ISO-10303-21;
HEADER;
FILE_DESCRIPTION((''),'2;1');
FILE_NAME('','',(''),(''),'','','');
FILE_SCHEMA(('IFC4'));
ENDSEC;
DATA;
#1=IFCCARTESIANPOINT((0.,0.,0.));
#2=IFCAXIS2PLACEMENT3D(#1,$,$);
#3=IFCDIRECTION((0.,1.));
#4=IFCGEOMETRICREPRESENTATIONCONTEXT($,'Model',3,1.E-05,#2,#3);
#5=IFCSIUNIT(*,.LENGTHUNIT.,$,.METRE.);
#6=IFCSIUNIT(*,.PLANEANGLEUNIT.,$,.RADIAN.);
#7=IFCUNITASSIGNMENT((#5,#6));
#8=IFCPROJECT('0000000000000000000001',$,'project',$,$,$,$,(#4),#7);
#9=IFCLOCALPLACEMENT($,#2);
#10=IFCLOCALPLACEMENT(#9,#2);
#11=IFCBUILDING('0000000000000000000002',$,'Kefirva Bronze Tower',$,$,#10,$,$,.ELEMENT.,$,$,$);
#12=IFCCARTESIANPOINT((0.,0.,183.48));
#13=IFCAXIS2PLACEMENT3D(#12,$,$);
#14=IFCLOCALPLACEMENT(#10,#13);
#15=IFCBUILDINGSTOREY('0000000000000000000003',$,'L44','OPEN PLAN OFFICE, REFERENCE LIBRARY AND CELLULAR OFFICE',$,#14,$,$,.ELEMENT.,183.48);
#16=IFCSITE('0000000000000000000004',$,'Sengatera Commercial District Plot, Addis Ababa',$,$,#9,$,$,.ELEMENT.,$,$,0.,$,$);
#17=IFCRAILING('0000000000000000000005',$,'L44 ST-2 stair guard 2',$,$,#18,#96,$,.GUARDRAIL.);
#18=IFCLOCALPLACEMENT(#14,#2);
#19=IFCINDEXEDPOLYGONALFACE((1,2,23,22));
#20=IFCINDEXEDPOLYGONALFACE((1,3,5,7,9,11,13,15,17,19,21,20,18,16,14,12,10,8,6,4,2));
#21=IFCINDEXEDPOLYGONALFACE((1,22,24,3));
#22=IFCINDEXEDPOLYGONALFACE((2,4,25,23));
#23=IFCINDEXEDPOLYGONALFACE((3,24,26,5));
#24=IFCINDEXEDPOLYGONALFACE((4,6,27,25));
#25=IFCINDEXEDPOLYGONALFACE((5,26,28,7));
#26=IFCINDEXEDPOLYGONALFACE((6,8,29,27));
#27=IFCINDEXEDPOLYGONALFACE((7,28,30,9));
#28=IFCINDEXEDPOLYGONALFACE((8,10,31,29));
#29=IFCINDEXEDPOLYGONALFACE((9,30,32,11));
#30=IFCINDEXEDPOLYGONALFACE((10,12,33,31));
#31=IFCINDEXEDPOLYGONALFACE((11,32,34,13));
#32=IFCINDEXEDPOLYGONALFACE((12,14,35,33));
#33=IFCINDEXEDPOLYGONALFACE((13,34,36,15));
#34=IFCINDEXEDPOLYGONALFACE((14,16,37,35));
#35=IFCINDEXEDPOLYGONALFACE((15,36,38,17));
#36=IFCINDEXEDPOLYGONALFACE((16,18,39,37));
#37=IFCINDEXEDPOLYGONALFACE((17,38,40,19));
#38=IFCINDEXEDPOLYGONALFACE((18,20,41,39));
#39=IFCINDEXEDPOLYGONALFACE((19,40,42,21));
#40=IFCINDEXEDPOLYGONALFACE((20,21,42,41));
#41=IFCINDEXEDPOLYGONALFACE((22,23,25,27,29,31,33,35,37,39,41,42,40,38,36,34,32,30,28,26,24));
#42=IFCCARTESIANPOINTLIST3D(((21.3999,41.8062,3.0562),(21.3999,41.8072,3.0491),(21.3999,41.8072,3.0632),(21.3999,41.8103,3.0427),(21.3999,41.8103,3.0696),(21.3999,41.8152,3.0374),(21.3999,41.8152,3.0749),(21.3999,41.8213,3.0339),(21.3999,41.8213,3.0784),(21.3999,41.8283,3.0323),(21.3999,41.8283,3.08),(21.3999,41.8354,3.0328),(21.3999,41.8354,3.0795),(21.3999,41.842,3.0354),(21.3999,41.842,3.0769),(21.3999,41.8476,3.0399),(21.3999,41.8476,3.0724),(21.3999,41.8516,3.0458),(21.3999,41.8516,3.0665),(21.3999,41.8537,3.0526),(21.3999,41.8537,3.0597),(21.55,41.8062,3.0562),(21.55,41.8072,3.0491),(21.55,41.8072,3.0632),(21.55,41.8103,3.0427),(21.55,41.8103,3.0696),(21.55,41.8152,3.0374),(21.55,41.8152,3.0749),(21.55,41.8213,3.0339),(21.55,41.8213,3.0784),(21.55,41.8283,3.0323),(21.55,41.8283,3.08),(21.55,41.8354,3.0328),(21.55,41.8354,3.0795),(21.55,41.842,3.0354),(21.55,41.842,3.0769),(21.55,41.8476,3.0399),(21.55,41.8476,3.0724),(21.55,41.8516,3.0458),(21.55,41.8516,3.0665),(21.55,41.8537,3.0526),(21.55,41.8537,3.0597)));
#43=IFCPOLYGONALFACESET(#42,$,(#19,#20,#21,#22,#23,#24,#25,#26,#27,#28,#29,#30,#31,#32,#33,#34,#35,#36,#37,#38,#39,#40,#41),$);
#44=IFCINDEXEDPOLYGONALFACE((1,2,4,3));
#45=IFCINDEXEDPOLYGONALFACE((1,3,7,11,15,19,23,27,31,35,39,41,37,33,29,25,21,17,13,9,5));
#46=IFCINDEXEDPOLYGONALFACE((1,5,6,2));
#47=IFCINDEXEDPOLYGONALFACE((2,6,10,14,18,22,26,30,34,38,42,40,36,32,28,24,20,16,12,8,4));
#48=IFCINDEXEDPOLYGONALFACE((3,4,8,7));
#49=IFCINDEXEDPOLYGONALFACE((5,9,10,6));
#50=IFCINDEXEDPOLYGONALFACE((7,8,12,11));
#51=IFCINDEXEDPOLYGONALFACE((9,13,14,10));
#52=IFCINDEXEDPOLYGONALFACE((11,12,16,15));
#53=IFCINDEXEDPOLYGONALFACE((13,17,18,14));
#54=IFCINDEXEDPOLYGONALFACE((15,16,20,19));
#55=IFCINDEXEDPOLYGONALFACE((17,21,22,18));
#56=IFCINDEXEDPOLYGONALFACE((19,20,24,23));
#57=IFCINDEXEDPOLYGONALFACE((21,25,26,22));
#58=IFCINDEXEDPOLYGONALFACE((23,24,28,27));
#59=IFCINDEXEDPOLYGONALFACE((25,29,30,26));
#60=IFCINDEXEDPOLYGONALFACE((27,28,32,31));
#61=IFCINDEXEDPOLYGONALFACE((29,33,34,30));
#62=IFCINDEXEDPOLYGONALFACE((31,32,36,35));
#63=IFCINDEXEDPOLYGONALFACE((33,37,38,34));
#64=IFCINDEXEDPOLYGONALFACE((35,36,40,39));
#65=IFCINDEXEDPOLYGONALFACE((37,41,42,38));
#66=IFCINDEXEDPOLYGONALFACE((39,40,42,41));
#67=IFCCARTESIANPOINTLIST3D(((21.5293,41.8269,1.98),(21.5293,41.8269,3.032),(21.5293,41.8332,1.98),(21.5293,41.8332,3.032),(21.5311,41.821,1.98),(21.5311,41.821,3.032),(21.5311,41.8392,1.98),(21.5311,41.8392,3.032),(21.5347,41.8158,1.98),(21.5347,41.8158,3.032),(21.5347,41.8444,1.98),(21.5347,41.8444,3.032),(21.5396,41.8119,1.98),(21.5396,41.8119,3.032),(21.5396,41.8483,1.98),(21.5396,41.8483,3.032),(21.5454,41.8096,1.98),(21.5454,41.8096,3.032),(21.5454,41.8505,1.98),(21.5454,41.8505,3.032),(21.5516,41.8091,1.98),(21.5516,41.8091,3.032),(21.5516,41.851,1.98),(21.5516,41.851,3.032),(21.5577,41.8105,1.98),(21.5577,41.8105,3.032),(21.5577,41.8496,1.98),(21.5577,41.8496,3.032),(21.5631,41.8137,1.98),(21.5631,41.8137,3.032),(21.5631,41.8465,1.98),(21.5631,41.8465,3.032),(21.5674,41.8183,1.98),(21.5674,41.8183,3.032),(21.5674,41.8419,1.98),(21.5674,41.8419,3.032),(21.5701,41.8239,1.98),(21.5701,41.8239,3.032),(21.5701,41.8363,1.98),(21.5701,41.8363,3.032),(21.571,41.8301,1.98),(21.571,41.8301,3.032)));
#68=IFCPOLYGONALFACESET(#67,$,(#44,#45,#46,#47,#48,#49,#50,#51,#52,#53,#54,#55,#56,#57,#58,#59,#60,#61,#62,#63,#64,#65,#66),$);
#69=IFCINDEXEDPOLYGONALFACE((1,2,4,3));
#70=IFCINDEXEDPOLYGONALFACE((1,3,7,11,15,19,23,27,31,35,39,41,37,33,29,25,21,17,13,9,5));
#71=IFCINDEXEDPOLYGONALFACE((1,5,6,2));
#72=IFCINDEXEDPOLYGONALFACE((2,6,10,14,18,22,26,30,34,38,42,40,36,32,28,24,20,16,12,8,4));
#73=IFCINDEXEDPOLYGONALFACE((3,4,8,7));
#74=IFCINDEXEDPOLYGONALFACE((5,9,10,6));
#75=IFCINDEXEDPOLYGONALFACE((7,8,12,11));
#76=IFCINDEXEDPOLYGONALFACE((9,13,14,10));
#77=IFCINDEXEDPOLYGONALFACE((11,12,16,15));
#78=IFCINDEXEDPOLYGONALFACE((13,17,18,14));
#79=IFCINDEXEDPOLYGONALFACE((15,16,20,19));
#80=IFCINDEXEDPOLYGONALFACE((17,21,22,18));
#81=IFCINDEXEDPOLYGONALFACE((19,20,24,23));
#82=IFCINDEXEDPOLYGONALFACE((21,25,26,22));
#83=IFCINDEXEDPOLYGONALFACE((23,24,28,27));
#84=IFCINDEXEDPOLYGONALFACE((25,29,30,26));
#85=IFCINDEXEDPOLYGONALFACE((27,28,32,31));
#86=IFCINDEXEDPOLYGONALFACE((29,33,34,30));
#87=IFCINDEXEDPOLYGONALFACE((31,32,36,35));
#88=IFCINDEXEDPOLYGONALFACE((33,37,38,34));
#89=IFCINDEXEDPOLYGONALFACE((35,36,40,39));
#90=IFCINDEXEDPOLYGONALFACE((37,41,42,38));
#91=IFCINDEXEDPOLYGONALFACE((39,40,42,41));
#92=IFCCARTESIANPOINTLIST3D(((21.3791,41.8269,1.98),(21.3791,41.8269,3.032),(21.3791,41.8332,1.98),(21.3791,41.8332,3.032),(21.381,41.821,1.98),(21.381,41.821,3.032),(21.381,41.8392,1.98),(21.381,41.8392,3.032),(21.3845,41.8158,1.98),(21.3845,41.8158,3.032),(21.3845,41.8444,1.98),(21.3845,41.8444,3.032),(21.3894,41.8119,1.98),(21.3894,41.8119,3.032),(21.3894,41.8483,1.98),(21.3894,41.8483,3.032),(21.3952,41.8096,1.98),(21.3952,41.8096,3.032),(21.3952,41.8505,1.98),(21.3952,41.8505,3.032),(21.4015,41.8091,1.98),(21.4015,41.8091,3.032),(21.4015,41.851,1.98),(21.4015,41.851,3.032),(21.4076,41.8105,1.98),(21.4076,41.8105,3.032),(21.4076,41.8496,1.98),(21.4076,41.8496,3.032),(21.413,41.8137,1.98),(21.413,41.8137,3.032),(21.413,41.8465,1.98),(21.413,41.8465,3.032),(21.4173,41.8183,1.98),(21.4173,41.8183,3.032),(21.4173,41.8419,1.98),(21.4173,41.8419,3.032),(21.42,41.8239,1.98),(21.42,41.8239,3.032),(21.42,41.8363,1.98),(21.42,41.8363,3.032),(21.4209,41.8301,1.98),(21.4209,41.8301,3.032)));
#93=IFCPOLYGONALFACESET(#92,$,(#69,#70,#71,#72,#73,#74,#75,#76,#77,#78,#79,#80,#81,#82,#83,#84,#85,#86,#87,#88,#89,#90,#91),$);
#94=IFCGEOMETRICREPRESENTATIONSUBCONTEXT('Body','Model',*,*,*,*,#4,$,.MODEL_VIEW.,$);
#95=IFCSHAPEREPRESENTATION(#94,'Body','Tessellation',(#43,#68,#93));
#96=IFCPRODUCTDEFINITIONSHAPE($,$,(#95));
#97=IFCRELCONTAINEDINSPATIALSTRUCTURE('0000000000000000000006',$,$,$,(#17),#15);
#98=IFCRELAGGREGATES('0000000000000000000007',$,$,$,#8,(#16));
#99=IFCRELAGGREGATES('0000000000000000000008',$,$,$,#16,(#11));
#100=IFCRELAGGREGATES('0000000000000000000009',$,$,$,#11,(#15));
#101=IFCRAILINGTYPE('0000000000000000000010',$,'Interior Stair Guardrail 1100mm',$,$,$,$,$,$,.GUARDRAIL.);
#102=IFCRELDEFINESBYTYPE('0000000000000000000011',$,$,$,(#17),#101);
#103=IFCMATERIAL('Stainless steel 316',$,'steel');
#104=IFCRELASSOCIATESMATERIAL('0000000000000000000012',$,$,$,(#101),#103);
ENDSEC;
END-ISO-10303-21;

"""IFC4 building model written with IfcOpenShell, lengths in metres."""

from ifc_helpers import new_model, si_unit, direction, frame, origin, origin_2d, place, context, subcontext, project, spatial, circle, extrude, material, type_object, element, save


model = new_model("IFC4")

# Units and contexts
model_context = context("Model", 3, precision=1e-05, world=origin(), true_north=direction((0.0, 1.0)))
body_context = subcontext(model_context, "Body", "Model", "MODEL_VIEW")
ifc_project = project(units=[si_unit("LENGTHUNIT", "METRE"), si_unit("PLANEANGLEUNIT", "RADIAN")], contexts=[model_context])

# Site, building, storey
site_placement = place(None, origin())
site = spatial("IfcSite", under=ifc_project, at=site_placement, Name="Sengatera Commercial District Plot, Addis Ababa", CompositionType="ELEMENT", RefElevation=0.0)
building_placement = place(site_placement, origin())
building = spatial("IfcBuilding", under=site, at=building_placement, Name="Kefirva Bronze Tower", CompositionType="ELEMENT")
storey_placement = place(building_placement, frame((0.0, 0.0, 183.48)))
storey = spatial("IfcBuildingStorey", under=building, at=storey_placement, Name="L44", Description="OPEN PLAN OFFICE, REFERENCE LIBRARY AND CELLULAR OFFICE", CompositionType="ELEMENT", Elevation=183.48)

# Railing
ifc_material_1 = material(Name="Stainless steel 316", Category="steel")
railing_type_1 = type_object("IfcRailingType", Name="Interior Stair Guardrail 1100mm", PredefinedType="GUARDRAIL", material=ifc_material_1)
railing_1_placement = place(storey_placement, frame((21.55, 41.8301, 1.98)))
element("IfcRailing", 1, at=railing_1_placement, inside=storey, type_object=railing_type_1, Name="L44 ST-2 stair guard 2", PredefinedType="GUARDRAIL", context=body_context, shape_type="SweptSolid", body=[
    extrude(circle(Radius=0.0239, at=origin_2d()), frame((0.0, 0.0, 1.0762), z_axis=(-1.0, 0.0, 0.0), x_axis=(0.0, -1.0, 0.0)), (0.0, 0.0, 1.0), 0.1501),
    extrude(circle(Radius=0.021, at=origin_2d()), origin(), (0.0, 0.0, 1.0), 1.052),
    extrude(circle(Radius=0.021, at=origin_2d()), frame((-0.1501, 0.0, 0.0)), (0.0, 0.0, 1.0), 1.052),
])

save(model, "model.ifc")
